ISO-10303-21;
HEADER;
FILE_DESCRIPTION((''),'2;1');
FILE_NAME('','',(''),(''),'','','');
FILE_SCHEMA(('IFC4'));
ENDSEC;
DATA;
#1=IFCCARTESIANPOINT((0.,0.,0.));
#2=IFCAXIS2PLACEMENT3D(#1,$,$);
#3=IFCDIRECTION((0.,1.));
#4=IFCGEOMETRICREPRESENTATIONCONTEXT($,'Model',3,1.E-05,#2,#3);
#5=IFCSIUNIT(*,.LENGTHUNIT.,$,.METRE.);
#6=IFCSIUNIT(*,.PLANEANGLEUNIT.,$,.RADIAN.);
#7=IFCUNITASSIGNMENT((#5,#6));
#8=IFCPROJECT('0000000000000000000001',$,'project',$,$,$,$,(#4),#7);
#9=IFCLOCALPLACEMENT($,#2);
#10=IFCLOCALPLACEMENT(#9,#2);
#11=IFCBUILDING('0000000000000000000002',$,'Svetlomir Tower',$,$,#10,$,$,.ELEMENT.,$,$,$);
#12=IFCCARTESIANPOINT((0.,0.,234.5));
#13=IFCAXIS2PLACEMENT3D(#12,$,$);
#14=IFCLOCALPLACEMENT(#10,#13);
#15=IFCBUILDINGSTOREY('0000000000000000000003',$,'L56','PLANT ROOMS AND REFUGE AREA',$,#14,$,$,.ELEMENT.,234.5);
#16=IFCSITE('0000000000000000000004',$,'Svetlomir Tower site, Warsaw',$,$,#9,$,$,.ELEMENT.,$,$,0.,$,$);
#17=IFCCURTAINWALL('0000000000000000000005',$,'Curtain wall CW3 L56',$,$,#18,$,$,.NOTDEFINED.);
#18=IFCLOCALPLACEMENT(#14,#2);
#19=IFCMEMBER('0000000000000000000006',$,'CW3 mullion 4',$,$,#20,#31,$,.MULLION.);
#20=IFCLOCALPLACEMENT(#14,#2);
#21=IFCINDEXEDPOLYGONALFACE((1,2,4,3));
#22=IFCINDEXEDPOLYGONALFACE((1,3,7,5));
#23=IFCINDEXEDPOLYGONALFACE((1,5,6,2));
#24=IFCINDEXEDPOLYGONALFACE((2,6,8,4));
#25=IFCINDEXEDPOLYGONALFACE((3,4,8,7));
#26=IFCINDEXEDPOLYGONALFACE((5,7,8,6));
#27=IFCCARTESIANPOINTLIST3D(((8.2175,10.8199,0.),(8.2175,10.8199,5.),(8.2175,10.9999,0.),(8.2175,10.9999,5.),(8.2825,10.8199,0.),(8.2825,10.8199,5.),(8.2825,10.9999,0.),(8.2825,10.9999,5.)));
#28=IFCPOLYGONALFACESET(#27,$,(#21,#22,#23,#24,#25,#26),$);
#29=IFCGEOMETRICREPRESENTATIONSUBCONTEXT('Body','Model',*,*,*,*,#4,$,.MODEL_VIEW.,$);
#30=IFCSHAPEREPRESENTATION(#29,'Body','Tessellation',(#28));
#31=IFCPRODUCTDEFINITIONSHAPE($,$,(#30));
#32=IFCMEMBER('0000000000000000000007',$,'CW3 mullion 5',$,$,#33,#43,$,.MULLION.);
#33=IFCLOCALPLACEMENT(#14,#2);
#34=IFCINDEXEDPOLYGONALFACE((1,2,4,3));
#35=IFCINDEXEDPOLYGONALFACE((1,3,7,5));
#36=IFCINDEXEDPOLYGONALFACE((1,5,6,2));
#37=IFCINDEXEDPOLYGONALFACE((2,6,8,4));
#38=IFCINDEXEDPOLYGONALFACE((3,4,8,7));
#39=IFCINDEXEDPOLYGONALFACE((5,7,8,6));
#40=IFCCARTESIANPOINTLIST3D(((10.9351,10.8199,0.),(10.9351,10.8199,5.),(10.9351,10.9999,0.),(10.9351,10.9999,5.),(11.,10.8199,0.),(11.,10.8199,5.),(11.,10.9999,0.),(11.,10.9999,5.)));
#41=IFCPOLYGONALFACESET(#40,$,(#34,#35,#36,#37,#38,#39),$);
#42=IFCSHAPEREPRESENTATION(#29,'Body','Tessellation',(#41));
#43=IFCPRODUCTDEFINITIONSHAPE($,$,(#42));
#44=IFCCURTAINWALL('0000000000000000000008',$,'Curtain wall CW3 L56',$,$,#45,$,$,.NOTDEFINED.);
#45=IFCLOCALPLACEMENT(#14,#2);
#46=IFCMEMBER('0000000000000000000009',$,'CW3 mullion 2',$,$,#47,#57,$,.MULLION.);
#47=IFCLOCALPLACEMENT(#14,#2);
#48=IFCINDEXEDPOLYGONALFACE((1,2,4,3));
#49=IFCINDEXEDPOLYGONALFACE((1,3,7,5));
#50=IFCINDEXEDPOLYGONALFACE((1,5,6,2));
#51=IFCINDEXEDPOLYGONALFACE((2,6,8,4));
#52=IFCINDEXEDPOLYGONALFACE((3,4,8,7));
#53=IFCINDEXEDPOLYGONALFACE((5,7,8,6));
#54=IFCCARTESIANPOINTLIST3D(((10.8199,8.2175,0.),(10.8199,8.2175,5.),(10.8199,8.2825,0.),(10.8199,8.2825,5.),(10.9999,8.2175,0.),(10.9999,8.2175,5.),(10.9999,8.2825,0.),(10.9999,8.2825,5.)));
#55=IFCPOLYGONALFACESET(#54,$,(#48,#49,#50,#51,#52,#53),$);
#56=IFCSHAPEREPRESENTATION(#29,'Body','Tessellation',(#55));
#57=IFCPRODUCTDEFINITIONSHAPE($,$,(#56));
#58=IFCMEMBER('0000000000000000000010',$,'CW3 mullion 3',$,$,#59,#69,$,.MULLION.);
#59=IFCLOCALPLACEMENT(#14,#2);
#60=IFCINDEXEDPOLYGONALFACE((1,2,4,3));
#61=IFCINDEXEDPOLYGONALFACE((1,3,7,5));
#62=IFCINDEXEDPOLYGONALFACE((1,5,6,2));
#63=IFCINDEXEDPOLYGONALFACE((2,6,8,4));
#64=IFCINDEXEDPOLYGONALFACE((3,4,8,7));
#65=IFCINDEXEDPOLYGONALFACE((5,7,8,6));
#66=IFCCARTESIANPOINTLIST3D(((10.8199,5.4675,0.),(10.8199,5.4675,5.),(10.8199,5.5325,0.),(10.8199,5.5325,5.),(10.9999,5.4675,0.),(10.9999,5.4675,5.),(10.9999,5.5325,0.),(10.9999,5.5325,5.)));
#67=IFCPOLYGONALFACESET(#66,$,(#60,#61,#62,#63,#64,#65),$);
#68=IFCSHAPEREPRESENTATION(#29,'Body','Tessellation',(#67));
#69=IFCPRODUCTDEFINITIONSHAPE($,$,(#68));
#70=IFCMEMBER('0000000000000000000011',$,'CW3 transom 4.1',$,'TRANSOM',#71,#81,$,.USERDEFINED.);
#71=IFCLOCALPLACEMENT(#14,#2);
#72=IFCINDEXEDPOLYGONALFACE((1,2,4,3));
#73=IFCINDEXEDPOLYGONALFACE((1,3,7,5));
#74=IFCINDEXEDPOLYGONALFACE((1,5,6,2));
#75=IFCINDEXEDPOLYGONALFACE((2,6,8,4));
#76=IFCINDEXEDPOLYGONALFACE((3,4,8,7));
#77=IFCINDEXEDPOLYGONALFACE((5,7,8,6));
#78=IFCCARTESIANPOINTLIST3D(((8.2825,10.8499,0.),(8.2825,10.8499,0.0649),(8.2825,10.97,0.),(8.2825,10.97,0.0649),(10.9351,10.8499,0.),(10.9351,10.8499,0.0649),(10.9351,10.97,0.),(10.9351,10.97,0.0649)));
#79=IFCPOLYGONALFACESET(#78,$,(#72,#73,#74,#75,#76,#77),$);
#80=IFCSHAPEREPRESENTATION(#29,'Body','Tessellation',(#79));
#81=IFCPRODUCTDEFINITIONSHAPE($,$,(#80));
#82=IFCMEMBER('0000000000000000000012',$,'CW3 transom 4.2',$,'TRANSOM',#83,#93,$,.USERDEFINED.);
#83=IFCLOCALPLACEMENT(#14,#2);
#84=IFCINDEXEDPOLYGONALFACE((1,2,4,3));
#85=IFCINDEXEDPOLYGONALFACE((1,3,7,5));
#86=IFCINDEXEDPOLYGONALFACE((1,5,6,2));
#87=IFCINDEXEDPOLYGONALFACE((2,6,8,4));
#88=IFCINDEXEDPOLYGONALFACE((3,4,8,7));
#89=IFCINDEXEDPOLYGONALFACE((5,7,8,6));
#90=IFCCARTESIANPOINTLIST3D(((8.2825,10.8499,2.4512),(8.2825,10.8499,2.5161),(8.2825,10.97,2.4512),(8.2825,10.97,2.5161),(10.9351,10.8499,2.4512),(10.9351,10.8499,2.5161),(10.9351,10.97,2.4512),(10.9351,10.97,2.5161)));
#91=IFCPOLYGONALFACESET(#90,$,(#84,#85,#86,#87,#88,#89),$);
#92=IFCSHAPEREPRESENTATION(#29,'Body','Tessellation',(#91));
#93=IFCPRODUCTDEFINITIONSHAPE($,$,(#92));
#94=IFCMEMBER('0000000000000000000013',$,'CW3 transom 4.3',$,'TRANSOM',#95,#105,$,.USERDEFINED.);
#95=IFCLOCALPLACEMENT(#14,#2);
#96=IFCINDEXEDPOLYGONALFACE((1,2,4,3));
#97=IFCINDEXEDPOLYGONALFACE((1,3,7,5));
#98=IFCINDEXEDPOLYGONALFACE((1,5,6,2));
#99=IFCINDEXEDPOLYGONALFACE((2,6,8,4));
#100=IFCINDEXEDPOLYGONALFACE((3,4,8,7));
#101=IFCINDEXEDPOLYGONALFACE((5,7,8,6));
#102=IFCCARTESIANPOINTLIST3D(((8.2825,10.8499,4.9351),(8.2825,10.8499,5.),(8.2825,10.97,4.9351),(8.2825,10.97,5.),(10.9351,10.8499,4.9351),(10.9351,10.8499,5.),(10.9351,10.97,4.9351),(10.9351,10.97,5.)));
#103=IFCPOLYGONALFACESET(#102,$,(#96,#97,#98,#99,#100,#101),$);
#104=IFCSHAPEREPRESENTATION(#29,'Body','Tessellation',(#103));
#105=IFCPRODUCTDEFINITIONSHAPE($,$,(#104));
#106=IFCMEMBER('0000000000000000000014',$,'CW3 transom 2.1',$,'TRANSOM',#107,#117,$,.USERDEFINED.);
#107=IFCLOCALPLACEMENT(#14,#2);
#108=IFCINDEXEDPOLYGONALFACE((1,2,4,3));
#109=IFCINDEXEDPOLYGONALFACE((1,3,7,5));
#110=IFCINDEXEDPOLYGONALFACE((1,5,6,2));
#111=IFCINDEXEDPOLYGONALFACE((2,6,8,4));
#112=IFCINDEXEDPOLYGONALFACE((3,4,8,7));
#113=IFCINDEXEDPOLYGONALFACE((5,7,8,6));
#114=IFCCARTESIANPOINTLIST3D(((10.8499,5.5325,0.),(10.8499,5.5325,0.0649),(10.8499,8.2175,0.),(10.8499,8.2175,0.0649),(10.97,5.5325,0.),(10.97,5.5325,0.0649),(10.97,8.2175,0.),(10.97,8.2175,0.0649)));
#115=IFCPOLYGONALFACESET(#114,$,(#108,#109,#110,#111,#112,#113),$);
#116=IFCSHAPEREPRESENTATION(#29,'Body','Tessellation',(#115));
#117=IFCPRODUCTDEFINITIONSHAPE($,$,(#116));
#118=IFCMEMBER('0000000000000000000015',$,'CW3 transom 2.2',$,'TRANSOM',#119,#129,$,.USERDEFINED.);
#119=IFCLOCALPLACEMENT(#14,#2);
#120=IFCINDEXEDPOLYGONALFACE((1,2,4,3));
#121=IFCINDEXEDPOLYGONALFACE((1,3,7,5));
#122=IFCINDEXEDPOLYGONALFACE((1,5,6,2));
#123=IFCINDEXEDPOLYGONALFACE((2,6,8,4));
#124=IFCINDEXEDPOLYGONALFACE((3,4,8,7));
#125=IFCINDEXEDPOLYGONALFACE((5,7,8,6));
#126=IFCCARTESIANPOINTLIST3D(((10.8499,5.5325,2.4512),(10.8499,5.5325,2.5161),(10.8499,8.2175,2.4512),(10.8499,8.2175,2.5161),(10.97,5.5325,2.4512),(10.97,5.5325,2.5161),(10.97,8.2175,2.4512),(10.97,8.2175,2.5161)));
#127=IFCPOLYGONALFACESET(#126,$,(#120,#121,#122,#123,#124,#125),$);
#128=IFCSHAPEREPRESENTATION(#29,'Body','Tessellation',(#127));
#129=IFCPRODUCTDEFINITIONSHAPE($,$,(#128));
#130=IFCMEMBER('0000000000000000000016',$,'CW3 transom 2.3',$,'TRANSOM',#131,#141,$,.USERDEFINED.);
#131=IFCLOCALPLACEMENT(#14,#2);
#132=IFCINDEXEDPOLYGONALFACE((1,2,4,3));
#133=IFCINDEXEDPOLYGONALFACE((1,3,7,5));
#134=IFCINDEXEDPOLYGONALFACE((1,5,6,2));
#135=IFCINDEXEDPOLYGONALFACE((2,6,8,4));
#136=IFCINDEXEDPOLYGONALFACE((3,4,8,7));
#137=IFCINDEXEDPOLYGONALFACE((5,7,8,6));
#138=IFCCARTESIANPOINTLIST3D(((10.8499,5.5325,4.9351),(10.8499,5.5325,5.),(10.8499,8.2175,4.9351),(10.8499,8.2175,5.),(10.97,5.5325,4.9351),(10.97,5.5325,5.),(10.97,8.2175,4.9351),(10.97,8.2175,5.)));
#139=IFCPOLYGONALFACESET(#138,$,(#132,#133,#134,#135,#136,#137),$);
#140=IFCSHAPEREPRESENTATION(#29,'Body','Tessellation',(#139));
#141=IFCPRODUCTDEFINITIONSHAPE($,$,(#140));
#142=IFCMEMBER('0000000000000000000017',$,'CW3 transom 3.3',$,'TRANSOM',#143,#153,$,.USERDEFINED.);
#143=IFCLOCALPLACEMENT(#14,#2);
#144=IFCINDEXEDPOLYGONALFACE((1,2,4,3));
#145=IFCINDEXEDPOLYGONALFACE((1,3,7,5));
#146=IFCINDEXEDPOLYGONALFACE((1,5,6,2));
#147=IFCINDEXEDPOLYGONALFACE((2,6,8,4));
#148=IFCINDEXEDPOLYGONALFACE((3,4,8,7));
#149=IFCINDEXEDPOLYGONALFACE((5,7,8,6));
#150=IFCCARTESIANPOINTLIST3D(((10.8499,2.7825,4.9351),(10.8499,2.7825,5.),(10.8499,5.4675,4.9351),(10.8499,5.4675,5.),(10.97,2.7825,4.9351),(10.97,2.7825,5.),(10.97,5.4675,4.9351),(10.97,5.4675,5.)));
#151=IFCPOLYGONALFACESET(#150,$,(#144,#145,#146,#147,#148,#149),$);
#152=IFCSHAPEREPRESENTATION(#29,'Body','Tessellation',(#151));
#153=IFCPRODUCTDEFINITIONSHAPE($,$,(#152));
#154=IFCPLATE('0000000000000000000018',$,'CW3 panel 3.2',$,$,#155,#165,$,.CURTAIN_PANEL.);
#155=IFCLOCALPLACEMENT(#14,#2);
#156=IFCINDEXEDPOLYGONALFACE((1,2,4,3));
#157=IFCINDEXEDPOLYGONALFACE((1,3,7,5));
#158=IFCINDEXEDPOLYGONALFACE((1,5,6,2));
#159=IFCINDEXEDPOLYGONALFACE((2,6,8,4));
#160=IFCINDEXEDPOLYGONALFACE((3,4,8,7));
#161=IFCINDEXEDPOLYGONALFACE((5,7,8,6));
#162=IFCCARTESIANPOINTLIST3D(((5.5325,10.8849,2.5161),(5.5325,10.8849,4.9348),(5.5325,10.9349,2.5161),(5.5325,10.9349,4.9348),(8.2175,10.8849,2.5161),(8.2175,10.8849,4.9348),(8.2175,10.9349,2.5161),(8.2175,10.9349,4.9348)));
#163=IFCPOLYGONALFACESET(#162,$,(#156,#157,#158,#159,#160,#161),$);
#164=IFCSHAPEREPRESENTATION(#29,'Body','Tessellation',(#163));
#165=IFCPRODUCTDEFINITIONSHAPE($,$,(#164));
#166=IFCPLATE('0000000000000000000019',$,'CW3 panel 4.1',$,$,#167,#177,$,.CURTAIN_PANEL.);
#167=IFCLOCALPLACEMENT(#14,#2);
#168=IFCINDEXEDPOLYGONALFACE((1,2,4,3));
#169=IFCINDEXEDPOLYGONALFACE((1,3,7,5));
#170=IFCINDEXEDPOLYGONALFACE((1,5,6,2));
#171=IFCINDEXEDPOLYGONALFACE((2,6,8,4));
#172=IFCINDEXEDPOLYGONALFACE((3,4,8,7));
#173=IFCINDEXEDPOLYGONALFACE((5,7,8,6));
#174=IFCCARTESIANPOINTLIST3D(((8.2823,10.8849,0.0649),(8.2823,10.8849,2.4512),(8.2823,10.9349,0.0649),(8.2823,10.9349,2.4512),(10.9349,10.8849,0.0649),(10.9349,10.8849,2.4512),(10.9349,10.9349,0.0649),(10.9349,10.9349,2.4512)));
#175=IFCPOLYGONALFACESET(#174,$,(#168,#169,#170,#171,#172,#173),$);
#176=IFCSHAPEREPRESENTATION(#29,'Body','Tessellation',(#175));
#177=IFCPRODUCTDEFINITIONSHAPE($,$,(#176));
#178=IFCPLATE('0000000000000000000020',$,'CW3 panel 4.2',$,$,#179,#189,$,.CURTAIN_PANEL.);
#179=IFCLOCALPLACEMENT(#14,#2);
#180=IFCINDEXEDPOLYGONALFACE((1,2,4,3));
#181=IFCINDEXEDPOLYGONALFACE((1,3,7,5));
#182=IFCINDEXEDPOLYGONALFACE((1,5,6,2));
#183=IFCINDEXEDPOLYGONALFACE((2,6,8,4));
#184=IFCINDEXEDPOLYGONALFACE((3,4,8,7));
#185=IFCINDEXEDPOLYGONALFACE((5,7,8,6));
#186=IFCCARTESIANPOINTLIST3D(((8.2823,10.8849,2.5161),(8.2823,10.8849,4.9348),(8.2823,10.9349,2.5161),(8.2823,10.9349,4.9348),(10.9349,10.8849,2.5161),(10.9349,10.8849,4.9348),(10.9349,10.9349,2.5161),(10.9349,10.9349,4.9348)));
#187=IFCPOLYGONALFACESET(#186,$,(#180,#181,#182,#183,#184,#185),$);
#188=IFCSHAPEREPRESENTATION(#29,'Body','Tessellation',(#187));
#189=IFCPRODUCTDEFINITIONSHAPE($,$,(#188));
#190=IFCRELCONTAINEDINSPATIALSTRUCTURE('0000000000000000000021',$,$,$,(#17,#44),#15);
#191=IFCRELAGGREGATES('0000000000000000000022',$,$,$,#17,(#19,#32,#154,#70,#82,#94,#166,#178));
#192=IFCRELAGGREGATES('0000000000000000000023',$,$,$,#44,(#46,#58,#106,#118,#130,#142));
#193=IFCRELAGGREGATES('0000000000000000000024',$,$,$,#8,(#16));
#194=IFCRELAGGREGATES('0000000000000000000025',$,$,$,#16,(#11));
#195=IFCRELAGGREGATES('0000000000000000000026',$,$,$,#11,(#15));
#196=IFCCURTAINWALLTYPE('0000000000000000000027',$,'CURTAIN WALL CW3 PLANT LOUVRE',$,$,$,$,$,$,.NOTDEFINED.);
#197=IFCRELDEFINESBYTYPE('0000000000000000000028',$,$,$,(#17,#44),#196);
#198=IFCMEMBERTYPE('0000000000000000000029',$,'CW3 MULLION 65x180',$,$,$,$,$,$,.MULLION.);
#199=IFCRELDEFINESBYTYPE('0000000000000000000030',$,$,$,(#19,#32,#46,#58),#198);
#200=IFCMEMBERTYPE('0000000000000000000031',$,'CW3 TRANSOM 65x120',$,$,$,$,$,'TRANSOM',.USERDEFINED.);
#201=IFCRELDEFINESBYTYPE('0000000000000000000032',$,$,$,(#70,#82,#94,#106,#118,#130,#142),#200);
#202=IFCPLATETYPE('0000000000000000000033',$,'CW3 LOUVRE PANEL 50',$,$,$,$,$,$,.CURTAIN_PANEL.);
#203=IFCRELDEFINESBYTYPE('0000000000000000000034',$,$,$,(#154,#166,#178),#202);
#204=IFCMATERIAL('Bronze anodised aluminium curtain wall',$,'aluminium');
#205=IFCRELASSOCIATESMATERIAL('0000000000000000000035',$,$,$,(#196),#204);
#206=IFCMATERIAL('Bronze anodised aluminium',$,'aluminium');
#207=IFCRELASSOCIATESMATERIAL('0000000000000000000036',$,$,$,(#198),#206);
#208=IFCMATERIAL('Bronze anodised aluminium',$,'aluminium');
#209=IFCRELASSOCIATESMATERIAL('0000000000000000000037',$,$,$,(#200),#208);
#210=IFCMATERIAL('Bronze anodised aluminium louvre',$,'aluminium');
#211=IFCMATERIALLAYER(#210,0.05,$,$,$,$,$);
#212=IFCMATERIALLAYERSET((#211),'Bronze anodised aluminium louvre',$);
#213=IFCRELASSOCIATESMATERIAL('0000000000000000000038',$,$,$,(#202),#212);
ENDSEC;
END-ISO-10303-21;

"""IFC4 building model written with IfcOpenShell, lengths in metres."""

from ifc_helpers import new_model, si_unit, direction, frame, origin, origin_2d, place, context, subcontext, project, spatial, rectangle, extrude, material, layer, layer_set, material_profile, profile_set, type_object, element, aggregate, save


model = new_model("IFC4")

# Units and contexts
model_context = context("Model", 3, precision=1e-05, world=origin(), true_north=direction((0.0, 1.0)))
body_context = subcontext(model_context, "Body", "Model", "MODEL_VIEW")
ifc_project = project(units=[si_unit("LENGTHUNIT", "METRE"), si_unit("PLANEANGLEUNIT", "RADIAN")], contexts=[model_context])

# Site, building, storey
site_placement = place(None, origin())
site = spatial("IfcSite", under=ifc_project, at=site_placement, Name="Svetlomir Tower site, Warsaw", CompositionType="ELEMENT", RefElevation=0.0)
building_placement = place(site_placement, origin())
building = spatial("IfcBuilding", under=site, at=building_placement, Name="Svetlomir Tower", CompositionType="ELEMENT")
storey_placement = place(building_placement, frame((0.0, 0.0, 234.5)))
storey = spatial("IfcBuildingStorey", under=building, at=storey_placement, Name="L56", Description="PLANT ROOMS AND REFUGE AREA", CompositionType="ELEMENT", Elevation=234.5)

# Curtain walls, members
ifc_material_1 = material(Name="Bronze anodised aluminium curtain wall", Category="aluminium")
curtain_wall_type = type_object("IfcCurtainWallType", Name="CURTAIN WALL CW3 PLANT LOUVRE", PredefinedType="NOTDEFINED", material=ifc_material_1)
curtain_wall_1_placement = place(storey_placement, origin())
curtain_wall_1 = element("IfcCurtainWall", 1, at=curtain_wall_1_placement, inside=storey, type_object=curtain_wall_type, Name="Curtain wall CW3 L56", PredefinedType="NOTDEFINED")
ifc_material_2 = material(Name="Bronze anodised aluminium", Category="aluminium")
ifc_material_profile_1 = material_profile(ifc_material_2, rectangle(XDim=0.0649, YDim=0.1799, at=origin_2d()), Name="AL 65x180")
ifc_profile_set_1 = profile_set([ifc_material_profile_1], Name="Bronze anodised aluminium 6063-T6")
member_type_1 = type_object("IfcMemberType", Name="CW3 MULLION 65x180", PredefinedType="MULLION", material=ifc_profile_set_1)
member_1_placement = place(storey_placement, frame((8.25, 10.9099, 0.0), z_axis=(0.0, 0.0, 1.0), x_axis=(1.0, 0.0, 0.0)))
member_1 = element("IfcMember", 2, at=member_1_placement, type_object=member_type_1, Name="CW3 mullion 4", PredefinedType="MULLION", context=body_context, shape_type="SweptSolid", body=[
    extrude(rectangle(XDim=0.0649, YDim=0.1799, at=origin_2d()), origin(), (0.0, 0.0, 1.0), 5.0),
])
member_2_placement = place(storey_placement, frame((10.9675, 10.9099, 0.0), z_axis=(0.0, 0.0, 1.0), x_axis=(1.0, 0.0, 0.0)))
member_2 = element("IfcMember", 3, at=member_2_placement, type_object=member_type_1, Name="CW3 mullion 5", PredefinedType="MULLION", context=body_context, shape_type="SweptSolid", body=[
    extrude(rectangle(XDim=0.0649, YDim=0.1799, at=origin_2d()), origin(), (0.0, 0.0, 1.0), 5.0),
])
curtain_wall_2_placement = place(storey_placement, origin())
curtain_wall_2 = element("IfcCurtainWall", 4, at=curtain_wall_2_placement, inside=storey, type_object=curtain_wall_type, Name="Curtain wall CW3 L56", PredefinedType="NOTDEFINED")
member_3_placement = place(storey_placement, frame((10.9099, 8.25, 0.0), z_axis=(0.0, 0.0, 1.0), x_axis=(0.0, -1.0, 0.0)))
member_3 = element("IfcMember", 5, at=member_3_placement, type_object=member_type_1, Name="CW3 mullion 2", PredefinedType="MULLION", context=body_context, shape_type="SweptSolid", body=[
    extrude(rectangle(XDim=0.0649, YDim=0.1799, at=origin_2d()), origin(), (0.0, 0.0, 1.0), 5.0),
])
member_4_placement = place(storey_placement, frame((10.9099, 5.5, 0.0), z_axis=(0.0, 0.0, 1.0), x_axis=(0.0, -1.0, 0.0)))
member_4 = element("IfcMember", 6, at=member_4_placement, type_object=member_type_1, Name="CW3 mullion 3", PredefinedType="MULLION", context=body_context, shape_type="SweptSolid", body=[
    extrude(rectangle(XDim=0.0649, YDim=0.1799, at=origin_2d()), origin(), (0.0, 0.0, 1.0), 5.0),
])

# Members
ifc_material_3 = material(Name="Bronze anodised aluminium", Category="aluminium")
ifc_material_profile_2 = material_profile(ifc_material_3, rectangle(XDim=0.1201, YDim=0.0649, at=origin_2d()), Name="AL 120x65")
ifc_profile_set_2 = profile_set([ifc_material_profile_2], Name="Bronze anodised aluminium 6063-T6")
member_type_2 = type_object("IfcMemberType", Name="CW3 TRANSOM 65x120", ElementType="TRANSOM", PredefinedType="USERDEFINED", material=ifc_profile_set_2)
member_5_placement = place(storey_placement, frame((8.2825, 10.9099, 0.0325), z_axis=(1.0, 0.0, 0.0), x_axis=(0.0, 1.0, 0.0)))
member_5 = element("IfcMember", 7, at=member_5_placement, type_object=member_type_2, Name="CW3 transom 4.1", ObjectType="TRANSOM", PredefinedType="USERDEFINED", context=body_context, shape_type="SweptSolid", body=[
    extrude(rectangle(XDim=0.1201, YDim=0.0649, at=origin_2d()), origin(), (0.0, 0.0, 1.0), 2.6526),
])
member_6_placement = place(storey_placement, frame((8.2825, 10.9099, 2.4836), z_axis=(1.0, 0.0, 0.0), x_axis=(0.0, 1.0, 0.0)))
member_6 = element("IfcMember", 8, at=member_6_placement, type_object=member_type_2, Name="CW3 transom 4.2", ObjectType="TRANSOM", PredefinedType="USERDEFINED", context=body_context, shape_type="SweptSolid", body=[
    extrude(rectangle(XDim=0.1201, YDim=0.0649, at=origin_2d()), origin(), (0.0, 0.0, 1.0), 2.6526),
])
member_7_placement = place(storey_placement, frame((8.2825, 10.9099, 4.9675), z_axis=(1.0, 0.0, 0.0), x_axis=(0.0, 1.0, 0.0)))
member_7 = element("IfcMember", 9, at=member_7_placement, type_object=member_type_2, Name="CW3 transom 4.3", ObjectType="TRANSOM", PredefinedType="USERDEFINED", context=body_context, shape_type="SweptSolid", body=[
    extrude(rectangle(XDim=0.1201, YDim=0.0649, at=origin_2d()), origin(), (0.0, 0.0, 1.0), 2.6526),
])
member_8_placement = place(storey_placement, frame((10.9099, 8.2175, 0.0325), z_axis=(0.0, -1.0, 0.0), x_axis=(1.0, 0.0, 0.0)))
member_8 = element("IfcMember", 10, at=member_8_placement, type_object=member_type_2, Name="CW3 transom 2.1", ObjectType="TRANSOM", PredefinedType="USERDEFINED", context=body_context, shape_type="SweptSolid", body=[
    extrude(rectangle(XDim=0.1201, YDim=0.0649, at=origin_2d()), origin(), (0.0, 0.0, 1.0), 2.6851),
])
member_9_placement = place(storey_placement, frame((10.9099, 8.2175, 2.4836), z_axis=(0.0, -1.0, 0.0), x_axis=(1.0, 0.0, 0.0)))
member_9 = element("IfcMember", 11, at=member_9_placement, type_object=member_type_2, Name="CW3 transom 2.2", ObjectType="TRANSOM", PredefinedType="USERDEFINED", context=body_context, shape_type="SweptSolid", body=[
    extrude(rectangle(XDim=0.1201, YDim=0.0649, at=origin_2d()), origin(), (0.0, 0.0, 1.0), 2.6851),
])
member_10_placement = place(storey_placement, frame((10.9099, 8.2175, 4.9675), z_axis=(0.0, -1.0, 0.0), x_axis=(1.0, 0.0, 0.0)))
member_10 = element("IfcMember", 12, at=member_10_placement, type_object=member_type_2, Name="CW3 transom 2.3", ObjectType="TRANSOM", PredefinedType="USERDEFINED", context=body_context, shape_type="SweptSolid", body=[
    extrude(rectangle(XDim=0.1201, YDim=0.0649, at=origin_2d()), origin(), (0.0, 0.0, 1.0), 2.6851),
])
member_11_placement = place(storey_placement, frame((10.9099, 5.4675, 4.9675), z_axis=(0.0, -1.0, 0.0), x_axis=(1.0, 0.0, 0.0)))
member_11 = element("IfcMember", 13, at=member_11_placement, type_object=member_type_2, Name="CW3 transom 3.3", ObjectType="TRANSOM", PredefinedType="USERDEFINED", context=body_context, shape_type="SweptSolid", body=[
    extrude(rectangle(XDim=0.1201, YDim=0.0649, at=origin_2d()), origin(), (0.0, 0.0, 1.0), 2.6851),
])

# Plates
ifc_material_4 = material(Name="Bronze anodised aluminium louvre", Category="aluminium")
ifc_layer = layer(ifc_material_4, 0.05)
ifc_layer_set = layer_set([ifc_layer], Name="Bronze anodised aluminium louvre")
plate_type = type_object("IfcPlateType", Name="CW3 LOUVRE PANEL 50", PredefinedType="CURTAIN_PANEL", material=ifc_layer_set)
plate_1_placement = place(storey_placement, frame((6.875, 10.9099, 2.5161), z_axis=(0.0, 0.0, 1.0), x_axis=(1.0, 0.0, 0.0)))
plate_1 = element("IfcPlate", 14, at=plate_1_placement, type_object=plate_type, Name="CW3 panel 3.2", PredefinedType="CURTAIN_PANEL", context=body_context, shape_type="SweptSolid", body=[
    extrude(rectangle(XDim=2.6851, YDim=0.05, at=origin_2d()), origin(), (0.0, 0.0, 1.0), 2.4187),
])
plate_2_placement = place(storey_placement, frame((9.6086, 10.9099, 0.0649), z_axis=(0.0, 0.0, 1.0), x_axis=(1.0, 0.0, 0.0)))
plate_2 = element("IfcPlate", 15, at=plate_2_placement, type_object=plate_type, Name="CW3 panel 4.1", PredefinedType="CURTAIN_PANEL", context=body_context, shape_type="SweptSolid", body=[
    extrude(rectangle(XDim=2.6526, YDim=0.05, at=origin_2d()), origin(), (0.0, 0.0, 1.0), 2.3862),
])
plate_3_placement = place(storey_placement, frame((9.6086, 10.9099, 2.5161), z_axis=(0.0, 0.0, 1.0), x_axis=(1.0, 0.0, 0.0)))
plate_3 = element("IfcPlate", 16, at=plate_3_placement, type_object=plate_type, Name="CW3 panel 4.2", PredefinedType="CURTAIN_PANEL", context=body_context, shape_type="SweptSolid", body=[
    extrude(rectangle(XDim=2.6526, YDim=0.05, at=origin_2d()), origin(), (0.0, 0.0, 1.0), 2.4187),
])
aggregate(curtain_wall_1, [member_1, member_2, plate_1, member_5, member_6, member_7, plate_2, plate_3])
aggregate(curtain_wall_2, [member_3, member_4, member_8, member_9, member_10, member_11])

save(model, "model.ifc")
